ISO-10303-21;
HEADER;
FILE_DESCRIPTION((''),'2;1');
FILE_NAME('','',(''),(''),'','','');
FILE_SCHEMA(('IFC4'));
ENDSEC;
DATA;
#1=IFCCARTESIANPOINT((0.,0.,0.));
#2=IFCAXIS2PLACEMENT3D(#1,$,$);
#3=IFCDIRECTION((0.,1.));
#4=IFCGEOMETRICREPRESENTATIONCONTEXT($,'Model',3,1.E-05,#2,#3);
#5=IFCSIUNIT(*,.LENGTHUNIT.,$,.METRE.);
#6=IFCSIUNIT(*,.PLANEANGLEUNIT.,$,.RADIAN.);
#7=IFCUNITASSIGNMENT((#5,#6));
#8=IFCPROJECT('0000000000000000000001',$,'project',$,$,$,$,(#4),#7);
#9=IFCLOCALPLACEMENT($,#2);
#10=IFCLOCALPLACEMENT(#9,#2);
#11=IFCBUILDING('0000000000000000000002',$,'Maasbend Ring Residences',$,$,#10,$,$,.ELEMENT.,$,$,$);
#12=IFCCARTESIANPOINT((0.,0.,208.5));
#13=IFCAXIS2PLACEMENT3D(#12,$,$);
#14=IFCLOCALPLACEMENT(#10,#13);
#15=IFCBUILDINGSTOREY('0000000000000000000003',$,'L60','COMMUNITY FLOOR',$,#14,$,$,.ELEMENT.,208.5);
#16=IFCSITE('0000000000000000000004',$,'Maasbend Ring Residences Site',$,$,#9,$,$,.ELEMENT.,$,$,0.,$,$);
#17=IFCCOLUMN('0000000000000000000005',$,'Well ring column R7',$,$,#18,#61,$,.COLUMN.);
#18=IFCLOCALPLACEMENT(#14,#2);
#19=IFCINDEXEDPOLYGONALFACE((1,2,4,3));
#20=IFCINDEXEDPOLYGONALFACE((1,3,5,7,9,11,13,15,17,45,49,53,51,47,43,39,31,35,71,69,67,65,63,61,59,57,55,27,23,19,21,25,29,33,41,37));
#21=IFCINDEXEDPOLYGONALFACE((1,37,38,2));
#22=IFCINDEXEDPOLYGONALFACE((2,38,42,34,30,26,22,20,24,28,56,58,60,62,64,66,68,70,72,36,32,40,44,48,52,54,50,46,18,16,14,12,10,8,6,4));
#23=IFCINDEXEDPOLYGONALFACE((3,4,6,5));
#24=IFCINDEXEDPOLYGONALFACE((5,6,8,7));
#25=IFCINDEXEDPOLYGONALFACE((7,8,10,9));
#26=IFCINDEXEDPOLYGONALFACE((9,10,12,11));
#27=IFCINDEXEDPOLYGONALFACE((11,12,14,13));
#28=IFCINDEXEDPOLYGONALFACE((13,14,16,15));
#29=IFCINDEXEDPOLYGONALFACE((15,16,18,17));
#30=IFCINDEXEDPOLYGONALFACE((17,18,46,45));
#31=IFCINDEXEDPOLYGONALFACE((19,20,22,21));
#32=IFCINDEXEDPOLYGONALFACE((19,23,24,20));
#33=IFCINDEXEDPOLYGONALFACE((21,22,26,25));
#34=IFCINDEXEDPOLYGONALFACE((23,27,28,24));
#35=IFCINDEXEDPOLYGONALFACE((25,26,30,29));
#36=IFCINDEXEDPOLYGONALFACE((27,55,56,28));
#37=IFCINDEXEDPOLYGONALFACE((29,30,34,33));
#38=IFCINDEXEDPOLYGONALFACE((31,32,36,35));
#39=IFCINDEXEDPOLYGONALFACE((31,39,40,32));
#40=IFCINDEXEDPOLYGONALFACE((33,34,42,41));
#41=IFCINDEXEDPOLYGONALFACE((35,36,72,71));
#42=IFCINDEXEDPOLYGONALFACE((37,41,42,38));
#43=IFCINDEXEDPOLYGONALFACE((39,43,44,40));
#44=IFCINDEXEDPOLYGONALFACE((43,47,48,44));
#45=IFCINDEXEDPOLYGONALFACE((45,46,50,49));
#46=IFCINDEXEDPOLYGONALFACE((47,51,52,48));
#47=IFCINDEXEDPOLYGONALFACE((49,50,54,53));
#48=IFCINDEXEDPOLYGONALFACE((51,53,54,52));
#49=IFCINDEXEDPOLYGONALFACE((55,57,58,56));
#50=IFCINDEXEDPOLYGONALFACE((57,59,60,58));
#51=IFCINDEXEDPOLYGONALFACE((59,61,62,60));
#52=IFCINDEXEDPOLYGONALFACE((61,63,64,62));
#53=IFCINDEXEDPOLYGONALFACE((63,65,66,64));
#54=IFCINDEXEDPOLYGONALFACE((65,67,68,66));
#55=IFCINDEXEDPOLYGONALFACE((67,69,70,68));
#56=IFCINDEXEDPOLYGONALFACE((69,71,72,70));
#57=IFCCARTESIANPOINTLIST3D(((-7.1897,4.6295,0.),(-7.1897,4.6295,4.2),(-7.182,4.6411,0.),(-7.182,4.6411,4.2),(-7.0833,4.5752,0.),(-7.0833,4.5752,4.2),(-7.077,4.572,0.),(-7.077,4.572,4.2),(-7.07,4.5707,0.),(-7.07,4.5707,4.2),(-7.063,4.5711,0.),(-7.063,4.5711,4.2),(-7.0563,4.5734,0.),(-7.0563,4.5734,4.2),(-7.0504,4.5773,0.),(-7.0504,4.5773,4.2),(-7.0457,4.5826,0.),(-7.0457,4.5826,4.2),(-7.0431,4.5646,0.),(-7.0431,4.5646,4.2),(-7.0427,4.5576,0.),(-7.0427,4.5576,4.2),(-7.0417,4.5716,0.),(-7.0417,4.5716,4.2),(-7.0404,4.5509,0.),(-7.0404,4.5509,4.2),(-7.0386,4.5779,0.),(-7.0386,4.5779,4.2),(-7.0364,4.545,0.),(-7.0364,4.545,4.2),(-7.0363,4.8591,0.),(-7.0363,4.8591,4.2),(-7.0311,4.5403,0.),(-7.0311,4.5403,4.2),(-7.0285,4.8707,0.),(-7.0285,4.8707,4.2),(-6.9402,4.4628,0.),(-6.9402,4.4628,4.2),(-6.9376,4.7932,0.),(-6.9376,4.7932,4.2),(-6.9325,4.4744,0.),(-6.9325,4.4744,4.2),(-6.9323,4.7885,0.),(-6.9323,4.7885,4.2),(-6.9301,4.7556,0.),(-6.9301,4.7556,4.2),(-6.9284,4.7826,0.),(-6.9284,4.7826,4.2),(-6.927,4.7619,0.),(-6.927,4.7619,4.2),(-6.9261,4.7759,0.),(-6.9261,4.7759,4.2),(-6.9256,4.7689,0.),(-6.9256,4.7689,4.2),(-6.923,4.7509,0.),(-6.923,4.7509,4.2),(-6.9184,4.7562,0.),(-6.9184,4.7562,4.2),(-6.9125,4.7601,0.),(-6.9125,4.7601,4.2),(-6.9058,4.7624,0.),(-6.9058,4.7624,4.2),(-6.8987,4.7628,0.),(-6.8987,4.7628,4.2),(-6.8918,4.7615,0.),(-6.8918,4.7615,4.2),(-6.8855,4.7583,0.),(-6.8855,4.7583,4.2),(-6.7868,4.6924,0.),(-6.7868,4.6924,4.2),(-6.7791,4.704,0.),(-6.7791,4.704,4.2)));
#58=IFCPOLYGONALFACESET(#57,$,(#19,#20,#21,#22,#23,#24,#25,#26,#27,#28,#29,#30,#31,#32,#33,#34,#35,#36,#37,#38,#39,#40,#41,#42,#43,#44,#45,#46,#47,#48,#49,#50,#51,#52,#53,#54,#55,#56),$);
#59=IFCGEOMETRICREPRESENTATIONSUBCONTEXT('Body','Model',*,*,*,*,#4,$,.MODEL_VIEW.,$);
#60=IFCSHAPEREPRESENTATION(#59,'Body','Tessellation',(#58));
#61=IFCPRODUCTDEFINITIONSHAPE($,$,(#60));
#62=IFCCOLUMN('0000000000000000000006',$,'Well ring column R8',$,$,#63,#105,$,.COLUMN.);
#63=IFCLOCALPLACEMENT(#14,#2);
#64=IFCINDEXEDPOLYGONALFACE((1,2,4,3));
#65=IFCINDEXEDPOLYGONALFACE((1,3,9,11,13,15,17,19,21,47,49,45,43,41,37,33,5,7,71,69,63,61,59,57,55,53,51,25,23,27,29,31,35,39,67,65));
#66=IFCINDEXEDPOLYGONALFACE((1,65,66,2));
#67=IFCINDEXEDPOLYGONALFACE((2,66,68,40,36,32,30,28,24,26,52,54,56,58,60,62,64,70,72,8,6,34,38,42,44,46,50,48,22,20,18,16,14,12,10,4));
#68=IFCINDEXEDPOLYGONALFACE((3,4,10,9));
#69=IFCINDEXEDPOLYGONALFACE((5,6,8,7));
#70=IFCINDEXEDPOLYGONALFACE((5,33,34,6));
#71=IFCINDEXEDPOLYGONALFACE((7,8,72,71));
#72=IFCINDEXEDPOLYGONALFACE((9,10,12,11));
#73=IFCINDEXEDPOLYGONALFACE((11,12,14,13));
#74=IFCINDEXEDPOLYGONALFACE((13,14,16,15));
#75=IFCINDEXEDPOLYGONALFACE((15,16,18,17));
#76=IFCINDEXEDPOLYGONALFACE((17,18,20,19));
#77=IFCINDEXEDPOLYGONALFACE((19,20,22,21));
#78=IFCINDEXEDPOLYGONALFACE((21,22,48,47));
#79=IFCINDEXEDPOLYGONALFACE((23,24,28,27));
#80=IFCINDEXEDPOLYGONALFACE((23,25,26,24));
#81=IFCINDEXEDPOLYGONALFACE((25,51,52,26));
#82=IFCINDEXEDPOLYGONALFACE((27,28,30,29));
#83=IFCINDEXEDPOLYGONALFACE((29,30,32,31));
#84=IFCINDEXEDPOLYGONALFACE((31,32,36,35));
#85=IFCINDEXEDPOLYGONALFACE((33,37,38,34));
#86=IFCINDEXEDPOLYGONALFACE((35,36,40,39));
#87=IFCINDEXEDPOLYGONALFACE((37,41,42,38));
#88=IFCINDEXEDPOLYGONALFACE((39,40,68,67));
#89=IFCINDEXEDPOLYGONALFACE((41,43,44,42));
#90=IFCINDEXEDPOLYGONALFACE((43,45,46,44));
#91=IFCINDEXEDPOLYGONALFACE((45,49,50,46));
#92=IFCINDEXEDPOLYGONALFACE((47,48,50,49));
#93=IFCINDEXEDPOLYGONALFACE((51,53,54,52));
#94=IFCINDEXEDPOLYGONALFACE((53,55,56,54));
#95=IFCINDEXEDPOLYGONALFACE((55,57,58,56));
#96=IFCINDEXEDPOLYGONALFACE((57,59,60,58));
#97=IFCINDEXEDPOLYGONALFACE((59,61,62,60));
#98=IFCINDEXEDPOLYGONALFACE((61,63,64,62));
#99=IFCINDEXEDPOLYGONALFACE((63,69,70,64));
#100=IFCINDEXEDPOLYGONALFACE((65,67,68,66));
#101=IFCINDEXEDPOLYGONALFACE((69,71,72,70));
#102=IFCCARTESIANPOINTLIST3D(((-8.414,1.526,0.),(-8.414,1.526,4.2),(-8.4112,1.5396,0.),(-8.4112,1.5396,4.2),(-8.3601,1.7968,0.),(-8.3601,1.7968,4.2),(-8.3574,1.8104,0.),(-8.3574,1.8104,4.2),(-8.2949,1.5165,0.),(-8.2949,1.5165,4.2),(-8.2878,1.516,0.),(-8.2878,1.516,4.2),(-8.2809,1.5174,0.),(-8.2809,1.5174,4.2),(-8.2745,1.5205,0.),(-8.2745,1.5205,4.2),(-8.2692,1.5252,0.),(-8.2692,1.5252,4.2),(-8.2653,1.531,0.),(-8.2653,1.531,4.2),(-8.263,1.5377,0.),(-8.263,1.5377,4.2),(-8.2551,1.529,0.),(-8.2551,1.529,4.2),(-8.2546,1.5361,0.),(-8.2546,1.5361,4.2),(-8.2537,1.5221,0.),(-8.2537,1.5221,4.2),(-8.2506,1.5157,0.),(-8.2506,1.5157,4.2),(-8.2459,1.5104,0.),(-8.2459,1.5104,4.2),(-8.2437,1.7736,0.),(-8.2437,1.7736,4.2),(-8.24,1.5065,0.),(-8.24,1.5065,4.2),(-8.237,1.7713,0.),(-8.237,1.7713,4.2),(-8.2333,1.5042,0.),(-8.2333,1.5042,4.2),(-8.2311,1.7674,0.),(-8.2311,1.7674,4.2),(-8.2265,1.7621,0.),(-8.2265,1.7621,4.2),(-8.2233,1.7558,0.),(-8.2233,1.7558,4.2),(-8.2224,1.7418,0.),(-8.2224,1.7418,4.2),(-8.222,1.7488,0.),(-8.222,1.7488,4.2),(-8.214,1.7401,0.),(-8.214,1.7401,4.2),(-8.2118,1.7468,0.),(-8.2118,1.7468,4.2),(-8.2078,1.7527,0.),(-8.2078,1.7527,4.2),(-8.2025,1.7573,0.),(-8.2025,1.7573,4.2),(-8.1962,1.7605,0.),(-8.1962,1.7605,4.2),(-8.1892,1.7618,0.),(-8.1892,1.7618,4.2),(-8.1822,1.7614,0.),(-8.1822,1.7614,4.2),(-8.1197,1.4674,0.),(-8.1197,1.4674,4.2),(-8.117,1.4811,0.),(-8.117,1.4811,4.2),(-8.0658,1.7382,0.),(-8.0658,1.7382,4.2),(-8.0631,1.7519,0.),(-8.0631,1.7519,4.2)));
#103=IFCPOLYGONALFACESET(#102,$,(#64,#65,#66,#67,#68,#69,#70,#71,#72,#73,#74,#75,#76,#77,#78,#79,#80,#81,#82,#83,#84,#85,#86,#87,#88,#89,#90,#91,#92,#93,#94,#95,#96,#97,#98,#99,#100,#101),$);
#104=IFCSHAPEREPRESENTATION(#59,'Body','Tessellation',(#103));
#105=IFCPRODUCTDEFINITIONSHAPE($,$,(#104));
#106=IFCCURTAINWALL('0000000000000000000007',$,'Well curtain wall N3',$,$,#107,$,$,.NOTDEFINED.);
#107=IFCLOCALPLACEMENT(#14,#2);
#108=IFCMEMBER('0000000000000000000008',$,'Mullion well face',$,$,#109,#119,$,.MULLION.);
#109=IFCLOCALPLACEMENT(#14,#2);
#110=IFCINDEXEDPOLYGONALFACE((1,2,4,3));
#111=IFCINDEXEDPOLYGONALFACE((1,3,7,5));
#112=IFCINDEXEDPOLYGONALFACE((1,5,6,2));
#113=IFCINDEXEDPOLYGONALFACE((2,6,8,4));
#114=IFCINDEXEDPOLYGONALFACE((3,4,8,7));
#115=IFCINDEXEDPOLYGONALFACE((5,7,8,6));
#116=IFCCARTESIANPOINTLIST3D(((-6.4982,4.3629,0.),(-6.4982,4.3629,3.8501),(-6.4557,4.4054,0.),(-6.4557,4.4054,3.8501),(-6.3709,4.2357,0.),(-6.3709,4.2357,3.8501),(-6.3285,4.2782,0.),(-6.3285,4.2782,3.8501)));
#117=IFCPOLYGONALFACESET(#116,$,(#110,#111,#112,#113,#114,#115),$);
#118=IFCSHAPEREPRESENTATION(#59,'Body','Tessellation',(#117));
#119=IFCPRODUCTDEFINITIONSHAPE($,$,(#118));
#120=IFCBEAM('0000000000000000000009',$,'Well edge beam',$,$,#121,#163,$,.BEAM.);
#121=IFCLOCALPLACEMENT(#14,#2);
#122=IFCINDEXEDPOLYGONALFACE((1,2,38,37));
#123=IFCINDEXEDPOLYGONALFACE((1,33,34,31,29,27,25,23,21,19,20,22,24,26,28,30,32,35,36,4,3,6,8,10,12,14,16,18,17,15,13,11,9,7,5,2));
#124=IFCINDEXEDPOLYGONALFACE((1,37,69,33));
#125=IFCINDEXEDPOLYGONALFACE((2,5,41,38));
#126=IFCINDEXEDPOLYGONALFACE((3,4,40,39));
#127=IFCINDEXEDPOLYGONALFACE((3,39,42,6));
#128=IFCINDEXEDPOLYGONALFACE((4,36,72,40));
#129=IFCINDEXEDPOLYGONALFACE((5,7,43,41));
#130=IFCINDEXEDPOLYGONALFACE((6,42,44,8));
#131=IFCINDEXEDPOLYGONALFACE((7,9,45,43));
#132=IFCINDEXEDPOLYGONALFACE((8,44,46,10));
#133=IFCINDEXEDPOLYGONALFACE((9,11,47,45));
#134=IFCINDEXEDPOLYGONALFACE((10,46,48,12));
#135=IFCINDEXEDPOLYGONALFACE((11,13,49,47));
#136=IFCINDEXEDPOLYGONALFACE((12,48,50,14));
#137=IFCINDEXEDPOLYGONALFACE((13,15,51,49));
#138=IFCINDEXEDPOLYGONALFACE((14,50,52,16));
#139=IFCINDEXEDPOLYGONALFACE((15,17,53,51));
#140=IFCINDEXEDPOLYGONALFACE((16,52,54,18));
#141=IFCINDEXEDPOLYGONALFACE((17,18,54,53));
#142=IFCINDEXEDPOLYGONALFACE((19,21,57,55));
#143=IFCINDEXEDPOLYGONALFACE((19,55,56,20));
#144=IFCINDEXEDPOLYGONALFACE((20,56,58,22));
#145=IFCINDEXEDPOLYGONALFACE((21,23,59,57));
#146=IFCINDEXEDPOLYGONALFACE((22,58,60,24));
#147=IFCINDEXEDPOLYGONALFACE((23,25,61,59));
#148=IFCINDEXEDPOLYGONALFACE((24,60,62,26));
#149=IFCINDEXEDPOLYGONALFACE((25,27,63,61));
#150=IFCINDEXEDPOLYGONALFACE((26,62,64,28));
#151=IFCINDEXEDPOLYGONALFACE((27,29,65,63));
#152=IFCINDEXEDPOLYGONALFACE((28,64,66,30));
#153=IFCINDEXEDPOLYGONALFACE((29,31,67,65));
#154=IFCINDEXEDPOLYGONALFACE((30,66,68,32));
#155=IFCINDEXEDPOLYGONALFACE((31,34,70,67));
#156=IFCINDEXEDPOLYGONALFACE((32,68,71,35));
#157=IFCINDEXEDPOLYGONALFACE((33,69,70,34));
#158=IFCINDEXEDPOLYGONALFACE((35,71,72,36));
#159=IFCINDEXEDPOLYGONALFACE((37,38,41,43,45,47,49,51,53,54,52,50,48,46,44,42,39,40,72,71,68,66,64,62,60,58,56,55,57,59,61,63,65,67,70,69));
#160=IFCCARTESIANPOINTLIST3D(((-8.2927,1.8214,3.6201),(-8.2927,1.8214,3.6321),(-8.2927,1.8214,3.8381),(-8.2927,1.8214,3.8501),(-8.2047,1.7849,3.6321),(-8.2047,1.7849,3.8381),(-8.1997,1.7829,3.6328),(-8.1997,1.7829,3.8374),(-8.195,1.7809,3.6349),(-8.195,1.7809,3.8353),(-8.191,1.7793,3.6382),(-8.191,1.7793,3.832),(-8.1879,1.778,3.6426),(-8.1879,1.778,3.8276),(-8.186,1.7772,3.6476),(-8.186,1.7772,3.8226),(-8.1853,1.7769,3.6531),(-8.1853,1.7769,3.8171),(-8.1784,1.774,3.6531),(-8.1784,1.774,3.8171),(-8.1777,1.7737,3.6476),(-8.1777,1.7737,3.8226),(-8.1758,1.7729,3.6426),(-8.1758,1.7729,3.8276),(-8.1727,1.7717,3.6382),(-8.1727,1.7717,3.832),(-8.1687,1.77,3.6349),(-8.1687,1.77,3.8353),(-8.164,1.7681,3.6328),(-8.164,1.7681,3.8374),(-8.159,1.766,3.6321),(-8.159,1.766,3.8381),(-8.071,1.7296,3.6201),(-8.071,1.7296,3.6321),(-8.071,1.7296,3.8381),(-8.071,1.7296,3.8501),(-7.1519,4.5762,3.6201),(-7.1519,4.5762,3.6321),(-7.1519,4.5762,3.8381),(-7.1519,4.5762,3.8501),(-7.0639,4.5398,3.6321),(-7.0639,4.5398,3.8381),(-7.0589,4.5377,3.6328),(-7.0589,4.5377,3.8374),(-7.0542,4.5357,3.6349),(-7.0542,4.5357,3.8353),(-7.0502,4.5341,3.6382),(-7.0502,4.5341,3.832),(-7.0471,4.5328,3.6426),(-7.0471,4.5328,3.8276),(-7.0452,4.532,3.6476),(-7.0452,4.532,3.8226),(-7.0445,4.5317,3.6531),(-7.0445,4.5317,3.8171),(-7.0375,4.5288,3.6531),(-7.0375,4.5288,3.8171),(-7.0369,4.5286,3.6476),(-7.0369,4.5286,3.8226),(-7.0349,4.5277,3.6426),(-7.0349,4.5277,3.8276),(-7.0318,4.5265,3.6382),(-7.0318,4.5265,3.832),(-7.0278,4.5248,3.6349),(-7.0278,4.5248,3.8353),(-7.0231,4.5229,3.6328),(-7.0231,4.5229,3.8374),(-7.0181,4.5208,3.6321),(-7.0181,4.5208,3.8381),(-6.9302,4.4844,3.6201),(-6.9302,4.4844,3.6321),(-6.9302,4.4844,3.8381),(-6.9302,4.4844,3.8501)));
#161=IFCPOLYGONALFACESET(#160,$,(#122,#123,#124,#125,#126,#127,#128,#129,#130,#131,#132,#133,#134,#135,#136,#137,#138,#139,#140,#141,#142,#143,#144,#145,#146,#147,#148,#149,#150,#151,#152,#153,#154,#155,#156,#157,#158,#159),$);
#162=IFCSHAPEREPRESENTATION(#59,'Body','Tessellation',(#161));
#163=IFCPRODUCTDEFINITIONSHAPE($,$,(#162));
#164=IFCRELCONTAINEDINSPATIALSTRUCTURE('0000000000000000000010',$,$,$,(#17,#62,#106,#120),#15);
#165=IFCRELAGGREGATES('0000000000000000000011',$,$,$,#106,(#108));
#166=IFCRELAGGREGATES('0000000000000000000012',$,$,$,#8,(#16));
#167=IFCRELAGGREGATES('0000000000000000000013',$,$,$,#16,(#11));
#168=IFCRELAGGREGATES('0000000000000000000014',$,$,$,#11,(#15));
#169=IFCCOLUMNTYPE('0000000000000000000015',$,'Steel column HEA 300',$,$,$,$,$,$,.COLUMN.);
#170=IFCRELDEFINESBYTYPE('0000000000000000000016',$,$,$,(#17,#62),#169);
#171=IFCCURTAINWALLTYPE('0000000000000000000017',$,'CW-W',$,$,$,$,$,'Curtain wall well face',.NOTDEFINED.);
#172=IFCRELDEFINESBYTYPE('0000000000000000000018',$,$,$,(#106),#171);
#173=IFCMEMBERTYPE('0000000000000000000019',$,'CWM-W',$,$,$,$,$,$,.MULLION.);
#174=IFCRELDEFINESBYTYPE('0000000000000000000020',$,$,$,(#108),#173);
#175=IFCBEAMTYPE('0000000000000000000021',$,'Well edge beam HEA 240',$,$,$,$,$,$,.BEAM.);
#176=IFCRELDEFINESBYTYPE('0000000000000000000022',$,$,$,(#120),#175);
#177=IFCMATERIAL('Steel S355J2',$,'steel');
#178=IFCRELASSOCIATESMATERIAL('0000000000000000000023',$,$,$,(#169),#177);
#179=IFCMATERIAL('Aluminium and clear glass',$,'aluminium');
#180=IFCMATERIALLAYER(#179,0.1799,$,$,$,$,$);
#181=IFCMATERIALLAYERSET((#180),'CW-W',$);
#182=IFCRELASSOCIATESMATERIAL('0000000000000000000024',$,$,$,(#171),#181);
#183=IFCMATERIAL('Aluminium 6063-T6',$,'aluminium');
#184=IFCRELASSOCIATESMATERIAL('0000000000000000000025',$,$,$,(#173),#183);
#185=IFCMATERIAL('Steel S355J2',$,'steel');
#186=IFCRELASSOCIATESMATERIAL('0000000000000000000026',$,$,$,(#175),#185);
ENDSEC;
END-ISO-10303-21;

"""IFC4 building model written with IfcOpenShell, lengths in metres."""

from ifc_helpers import new_model, si_unit, direction, frame, origin, origin_2d, place, context, subcontext, project, spatial, rectangle, i_section, extrude, material, layer, layer_set, material_profile, profile_set, type_object, element, aggregate, save


model = new_model("IFC4")

# Units and contexts
model_context = context("Model", 3, precision=1e-05, world=origin(), true_north=direction((0.0, 1.0)))
body_context = subcontext(model_context, "Body", "Model", "MODEL_VIEW")
ifc_project = project(units=[si_unit("LENGTHUNIT", "METRE"), si_unit("PLANEANGLEUNIT", "RADIAN")], contexts=[model_context])

# Site, building, storey
site_placement = place(None, origin())
site = spatial("IfcSite", under=ifc_project, at=site_placement, Name="Maasbend Ring Residences Site", CompositionType="ELEMENT", RefElevation=0.0)
building_placement = place(site_placement, origin())
building = spatial("IfcBuilding", under=site, at=building_placement, Name="Maasbend Ring Residences", CompositionType="ELEMENT")
storey_placement = place(building_placement, frame((0.0, 0.0, 208.5)))
storey = spatial("IfcBuildingStorey", under=building, at=storey_placement, Name="L60", Description="COMMUNITY FLOOR", CompositionType="ELEMENT", Elevation=208.5)

# Columns
ifc_material_1 = material(Name="Steel S355J2", Category="steel")
ifc_material_profile_1 = material_profile(ifc_material_1, i_section(OverallWidth=0.3, OverallDepth=0.29, WebThickness=0.0085, FlangeThickness=0.0139, FilletRadius=0.0271, at=origin_2d()), Name="HEA 300")
ifc_profile_set_1 = profile_set([ifc_material_profile_1], Name="Steel S355J2")
column_type = type_object("IfcColumnType", Name="Steel column HEA 300", PredefinedType="COLUMN", material=ifc_profile_set_1)
for number, where, z_axis, x_axis, name in (
    (1, (-6.9844, 4.6667, 0.0), (0.0, 0.0, 1.0), (-0.83147, 0.55557, 0.0), "Well ring column R7"),
    (2, (-8.2385, 1.6389, 0.0), (0.0, 0.0, 1.0), (-0.980785, 0.19509, 0.0), "Well ring column R8"),
):
    element("IfcColumn", number, at=place(storey_placement, frame(where, z_axis=z_axis, x_axis=x_axis)), inside=storey, type_object=column_type, Name=name, PredefinedType="COLUMN", context=body_context, shape_type="SweptSolid", body=[
        extrude(i_section(OverallWidth=0.3, OverallDepth=0.29, WebThickness=0.0085, FlangeThickness=0.0139, FilletRadius=0.0271, at=origin_2d()), origin(), (0.0, 0.0, 1.0), 4.2),
    ])

# Curtain wall, member
ifc_material_2 = material(Name="Aluminium and clear glass", Category="aluminium")
ifc_layer_1 = layer(ifc_material_2, 0.1799)
ifc_layer_set_1 = layer_set([ifc_layer_1], Name="CW-W")
curtain_wall_type = type_object("IfcCurtainWallType", Name="CW-W", ElementType="Curtain wall well face", PredefinedType="NOTDEFINED", material=ifc_layer_set_1)
curtain_wall_placement = place(storey_placement, origin())
curtain_wall = element("IfcCurtainWall", 3, at=curtain_wall_placement, inside=storey, type_object=curtain_wall_type, Name="Well curtain wall N3", PredefinedType="NOTDEFINED")
ifc_material_3 = material(Name="Aluminium 6063-T6", Category="aluminium")
ifc_material_profile_2 = material_profile(ifc_material_3, rectangle(XDim=0.1799, YDim=0.0601, at=origin_2d()), Name="AL 180x60")
ifc_profile_set_2 = profile_set([ifc_material_profile_2], Name="Aluminium 6063-T6")
member_type = type_object("IfcMemberType", Name="CWM-W", PredefinedType="MULLION", material=ifc_profile_set_2)
member_placement = place(storey_placement, frame((-6.4133, 4.3206, 0.0), z_axis=(0.0, 0.0, 1.0), x_axis=(0.707107, -0.707107, 0.0)))
member = element("IfcMember", 4, at=member_placement, type_object=member_type, Name="Mullion well face", PredefinedType="MULLION", context=body_context, shape_type="SweptSolid", body=[
    extrude(rectangle(XDim=0.1799, YDim=0.0601, at=origin_2d()), origin(), (0.0, 0.0, 1.0), 3.8501),
])
aggregate(curtain_wall, [member])

# Beam
ifc_material_4 = material(Name="Steel S355J2", Category="steel")
ifc_material_profile_3 = material_profile(ifc_material_4, i_section(OverallWidth=0.24, OverallDepth=0.23, WebThickness=0.0076, FlangeThickness=0.012, FilletRadius=0.021, at=origin_2d()), Name="HEA 240")
ifc_profile_set_3 = profile_set([ifc_material_profile_3], Name="Steel S355J2")
beam_type = type_object("IfcBeamType", Name="Well edge beam HEA 240", PredefinedType="BEAM", material=ifc_profile_set_3)
beam_1_placement = place(storey_placement, frame((-7.041, 4.5303, 3.7351), z_axis=(-0.382615, -0.923908, 0.0), x_axis=(0.923908, -0.382615, 0.0)))
element("IfcBeam", 5, at=beam_1_placement, inside=storey, type_object=beam_type, Name="Well edge beam", PredefinedType="BEAM", context=body_context, shape_type="SweptSolid", body=[
    extrude(i_section(OverallWidth=0.24, OverallDepth=0.23, WebThickness=0.0076, FlangeThickness=0.012, FilletRadius=0.021, at=origin_2d()), origin(), (0.0, 0.0, 1.0), 2.9817),
])

save(model, "model.ifc")
